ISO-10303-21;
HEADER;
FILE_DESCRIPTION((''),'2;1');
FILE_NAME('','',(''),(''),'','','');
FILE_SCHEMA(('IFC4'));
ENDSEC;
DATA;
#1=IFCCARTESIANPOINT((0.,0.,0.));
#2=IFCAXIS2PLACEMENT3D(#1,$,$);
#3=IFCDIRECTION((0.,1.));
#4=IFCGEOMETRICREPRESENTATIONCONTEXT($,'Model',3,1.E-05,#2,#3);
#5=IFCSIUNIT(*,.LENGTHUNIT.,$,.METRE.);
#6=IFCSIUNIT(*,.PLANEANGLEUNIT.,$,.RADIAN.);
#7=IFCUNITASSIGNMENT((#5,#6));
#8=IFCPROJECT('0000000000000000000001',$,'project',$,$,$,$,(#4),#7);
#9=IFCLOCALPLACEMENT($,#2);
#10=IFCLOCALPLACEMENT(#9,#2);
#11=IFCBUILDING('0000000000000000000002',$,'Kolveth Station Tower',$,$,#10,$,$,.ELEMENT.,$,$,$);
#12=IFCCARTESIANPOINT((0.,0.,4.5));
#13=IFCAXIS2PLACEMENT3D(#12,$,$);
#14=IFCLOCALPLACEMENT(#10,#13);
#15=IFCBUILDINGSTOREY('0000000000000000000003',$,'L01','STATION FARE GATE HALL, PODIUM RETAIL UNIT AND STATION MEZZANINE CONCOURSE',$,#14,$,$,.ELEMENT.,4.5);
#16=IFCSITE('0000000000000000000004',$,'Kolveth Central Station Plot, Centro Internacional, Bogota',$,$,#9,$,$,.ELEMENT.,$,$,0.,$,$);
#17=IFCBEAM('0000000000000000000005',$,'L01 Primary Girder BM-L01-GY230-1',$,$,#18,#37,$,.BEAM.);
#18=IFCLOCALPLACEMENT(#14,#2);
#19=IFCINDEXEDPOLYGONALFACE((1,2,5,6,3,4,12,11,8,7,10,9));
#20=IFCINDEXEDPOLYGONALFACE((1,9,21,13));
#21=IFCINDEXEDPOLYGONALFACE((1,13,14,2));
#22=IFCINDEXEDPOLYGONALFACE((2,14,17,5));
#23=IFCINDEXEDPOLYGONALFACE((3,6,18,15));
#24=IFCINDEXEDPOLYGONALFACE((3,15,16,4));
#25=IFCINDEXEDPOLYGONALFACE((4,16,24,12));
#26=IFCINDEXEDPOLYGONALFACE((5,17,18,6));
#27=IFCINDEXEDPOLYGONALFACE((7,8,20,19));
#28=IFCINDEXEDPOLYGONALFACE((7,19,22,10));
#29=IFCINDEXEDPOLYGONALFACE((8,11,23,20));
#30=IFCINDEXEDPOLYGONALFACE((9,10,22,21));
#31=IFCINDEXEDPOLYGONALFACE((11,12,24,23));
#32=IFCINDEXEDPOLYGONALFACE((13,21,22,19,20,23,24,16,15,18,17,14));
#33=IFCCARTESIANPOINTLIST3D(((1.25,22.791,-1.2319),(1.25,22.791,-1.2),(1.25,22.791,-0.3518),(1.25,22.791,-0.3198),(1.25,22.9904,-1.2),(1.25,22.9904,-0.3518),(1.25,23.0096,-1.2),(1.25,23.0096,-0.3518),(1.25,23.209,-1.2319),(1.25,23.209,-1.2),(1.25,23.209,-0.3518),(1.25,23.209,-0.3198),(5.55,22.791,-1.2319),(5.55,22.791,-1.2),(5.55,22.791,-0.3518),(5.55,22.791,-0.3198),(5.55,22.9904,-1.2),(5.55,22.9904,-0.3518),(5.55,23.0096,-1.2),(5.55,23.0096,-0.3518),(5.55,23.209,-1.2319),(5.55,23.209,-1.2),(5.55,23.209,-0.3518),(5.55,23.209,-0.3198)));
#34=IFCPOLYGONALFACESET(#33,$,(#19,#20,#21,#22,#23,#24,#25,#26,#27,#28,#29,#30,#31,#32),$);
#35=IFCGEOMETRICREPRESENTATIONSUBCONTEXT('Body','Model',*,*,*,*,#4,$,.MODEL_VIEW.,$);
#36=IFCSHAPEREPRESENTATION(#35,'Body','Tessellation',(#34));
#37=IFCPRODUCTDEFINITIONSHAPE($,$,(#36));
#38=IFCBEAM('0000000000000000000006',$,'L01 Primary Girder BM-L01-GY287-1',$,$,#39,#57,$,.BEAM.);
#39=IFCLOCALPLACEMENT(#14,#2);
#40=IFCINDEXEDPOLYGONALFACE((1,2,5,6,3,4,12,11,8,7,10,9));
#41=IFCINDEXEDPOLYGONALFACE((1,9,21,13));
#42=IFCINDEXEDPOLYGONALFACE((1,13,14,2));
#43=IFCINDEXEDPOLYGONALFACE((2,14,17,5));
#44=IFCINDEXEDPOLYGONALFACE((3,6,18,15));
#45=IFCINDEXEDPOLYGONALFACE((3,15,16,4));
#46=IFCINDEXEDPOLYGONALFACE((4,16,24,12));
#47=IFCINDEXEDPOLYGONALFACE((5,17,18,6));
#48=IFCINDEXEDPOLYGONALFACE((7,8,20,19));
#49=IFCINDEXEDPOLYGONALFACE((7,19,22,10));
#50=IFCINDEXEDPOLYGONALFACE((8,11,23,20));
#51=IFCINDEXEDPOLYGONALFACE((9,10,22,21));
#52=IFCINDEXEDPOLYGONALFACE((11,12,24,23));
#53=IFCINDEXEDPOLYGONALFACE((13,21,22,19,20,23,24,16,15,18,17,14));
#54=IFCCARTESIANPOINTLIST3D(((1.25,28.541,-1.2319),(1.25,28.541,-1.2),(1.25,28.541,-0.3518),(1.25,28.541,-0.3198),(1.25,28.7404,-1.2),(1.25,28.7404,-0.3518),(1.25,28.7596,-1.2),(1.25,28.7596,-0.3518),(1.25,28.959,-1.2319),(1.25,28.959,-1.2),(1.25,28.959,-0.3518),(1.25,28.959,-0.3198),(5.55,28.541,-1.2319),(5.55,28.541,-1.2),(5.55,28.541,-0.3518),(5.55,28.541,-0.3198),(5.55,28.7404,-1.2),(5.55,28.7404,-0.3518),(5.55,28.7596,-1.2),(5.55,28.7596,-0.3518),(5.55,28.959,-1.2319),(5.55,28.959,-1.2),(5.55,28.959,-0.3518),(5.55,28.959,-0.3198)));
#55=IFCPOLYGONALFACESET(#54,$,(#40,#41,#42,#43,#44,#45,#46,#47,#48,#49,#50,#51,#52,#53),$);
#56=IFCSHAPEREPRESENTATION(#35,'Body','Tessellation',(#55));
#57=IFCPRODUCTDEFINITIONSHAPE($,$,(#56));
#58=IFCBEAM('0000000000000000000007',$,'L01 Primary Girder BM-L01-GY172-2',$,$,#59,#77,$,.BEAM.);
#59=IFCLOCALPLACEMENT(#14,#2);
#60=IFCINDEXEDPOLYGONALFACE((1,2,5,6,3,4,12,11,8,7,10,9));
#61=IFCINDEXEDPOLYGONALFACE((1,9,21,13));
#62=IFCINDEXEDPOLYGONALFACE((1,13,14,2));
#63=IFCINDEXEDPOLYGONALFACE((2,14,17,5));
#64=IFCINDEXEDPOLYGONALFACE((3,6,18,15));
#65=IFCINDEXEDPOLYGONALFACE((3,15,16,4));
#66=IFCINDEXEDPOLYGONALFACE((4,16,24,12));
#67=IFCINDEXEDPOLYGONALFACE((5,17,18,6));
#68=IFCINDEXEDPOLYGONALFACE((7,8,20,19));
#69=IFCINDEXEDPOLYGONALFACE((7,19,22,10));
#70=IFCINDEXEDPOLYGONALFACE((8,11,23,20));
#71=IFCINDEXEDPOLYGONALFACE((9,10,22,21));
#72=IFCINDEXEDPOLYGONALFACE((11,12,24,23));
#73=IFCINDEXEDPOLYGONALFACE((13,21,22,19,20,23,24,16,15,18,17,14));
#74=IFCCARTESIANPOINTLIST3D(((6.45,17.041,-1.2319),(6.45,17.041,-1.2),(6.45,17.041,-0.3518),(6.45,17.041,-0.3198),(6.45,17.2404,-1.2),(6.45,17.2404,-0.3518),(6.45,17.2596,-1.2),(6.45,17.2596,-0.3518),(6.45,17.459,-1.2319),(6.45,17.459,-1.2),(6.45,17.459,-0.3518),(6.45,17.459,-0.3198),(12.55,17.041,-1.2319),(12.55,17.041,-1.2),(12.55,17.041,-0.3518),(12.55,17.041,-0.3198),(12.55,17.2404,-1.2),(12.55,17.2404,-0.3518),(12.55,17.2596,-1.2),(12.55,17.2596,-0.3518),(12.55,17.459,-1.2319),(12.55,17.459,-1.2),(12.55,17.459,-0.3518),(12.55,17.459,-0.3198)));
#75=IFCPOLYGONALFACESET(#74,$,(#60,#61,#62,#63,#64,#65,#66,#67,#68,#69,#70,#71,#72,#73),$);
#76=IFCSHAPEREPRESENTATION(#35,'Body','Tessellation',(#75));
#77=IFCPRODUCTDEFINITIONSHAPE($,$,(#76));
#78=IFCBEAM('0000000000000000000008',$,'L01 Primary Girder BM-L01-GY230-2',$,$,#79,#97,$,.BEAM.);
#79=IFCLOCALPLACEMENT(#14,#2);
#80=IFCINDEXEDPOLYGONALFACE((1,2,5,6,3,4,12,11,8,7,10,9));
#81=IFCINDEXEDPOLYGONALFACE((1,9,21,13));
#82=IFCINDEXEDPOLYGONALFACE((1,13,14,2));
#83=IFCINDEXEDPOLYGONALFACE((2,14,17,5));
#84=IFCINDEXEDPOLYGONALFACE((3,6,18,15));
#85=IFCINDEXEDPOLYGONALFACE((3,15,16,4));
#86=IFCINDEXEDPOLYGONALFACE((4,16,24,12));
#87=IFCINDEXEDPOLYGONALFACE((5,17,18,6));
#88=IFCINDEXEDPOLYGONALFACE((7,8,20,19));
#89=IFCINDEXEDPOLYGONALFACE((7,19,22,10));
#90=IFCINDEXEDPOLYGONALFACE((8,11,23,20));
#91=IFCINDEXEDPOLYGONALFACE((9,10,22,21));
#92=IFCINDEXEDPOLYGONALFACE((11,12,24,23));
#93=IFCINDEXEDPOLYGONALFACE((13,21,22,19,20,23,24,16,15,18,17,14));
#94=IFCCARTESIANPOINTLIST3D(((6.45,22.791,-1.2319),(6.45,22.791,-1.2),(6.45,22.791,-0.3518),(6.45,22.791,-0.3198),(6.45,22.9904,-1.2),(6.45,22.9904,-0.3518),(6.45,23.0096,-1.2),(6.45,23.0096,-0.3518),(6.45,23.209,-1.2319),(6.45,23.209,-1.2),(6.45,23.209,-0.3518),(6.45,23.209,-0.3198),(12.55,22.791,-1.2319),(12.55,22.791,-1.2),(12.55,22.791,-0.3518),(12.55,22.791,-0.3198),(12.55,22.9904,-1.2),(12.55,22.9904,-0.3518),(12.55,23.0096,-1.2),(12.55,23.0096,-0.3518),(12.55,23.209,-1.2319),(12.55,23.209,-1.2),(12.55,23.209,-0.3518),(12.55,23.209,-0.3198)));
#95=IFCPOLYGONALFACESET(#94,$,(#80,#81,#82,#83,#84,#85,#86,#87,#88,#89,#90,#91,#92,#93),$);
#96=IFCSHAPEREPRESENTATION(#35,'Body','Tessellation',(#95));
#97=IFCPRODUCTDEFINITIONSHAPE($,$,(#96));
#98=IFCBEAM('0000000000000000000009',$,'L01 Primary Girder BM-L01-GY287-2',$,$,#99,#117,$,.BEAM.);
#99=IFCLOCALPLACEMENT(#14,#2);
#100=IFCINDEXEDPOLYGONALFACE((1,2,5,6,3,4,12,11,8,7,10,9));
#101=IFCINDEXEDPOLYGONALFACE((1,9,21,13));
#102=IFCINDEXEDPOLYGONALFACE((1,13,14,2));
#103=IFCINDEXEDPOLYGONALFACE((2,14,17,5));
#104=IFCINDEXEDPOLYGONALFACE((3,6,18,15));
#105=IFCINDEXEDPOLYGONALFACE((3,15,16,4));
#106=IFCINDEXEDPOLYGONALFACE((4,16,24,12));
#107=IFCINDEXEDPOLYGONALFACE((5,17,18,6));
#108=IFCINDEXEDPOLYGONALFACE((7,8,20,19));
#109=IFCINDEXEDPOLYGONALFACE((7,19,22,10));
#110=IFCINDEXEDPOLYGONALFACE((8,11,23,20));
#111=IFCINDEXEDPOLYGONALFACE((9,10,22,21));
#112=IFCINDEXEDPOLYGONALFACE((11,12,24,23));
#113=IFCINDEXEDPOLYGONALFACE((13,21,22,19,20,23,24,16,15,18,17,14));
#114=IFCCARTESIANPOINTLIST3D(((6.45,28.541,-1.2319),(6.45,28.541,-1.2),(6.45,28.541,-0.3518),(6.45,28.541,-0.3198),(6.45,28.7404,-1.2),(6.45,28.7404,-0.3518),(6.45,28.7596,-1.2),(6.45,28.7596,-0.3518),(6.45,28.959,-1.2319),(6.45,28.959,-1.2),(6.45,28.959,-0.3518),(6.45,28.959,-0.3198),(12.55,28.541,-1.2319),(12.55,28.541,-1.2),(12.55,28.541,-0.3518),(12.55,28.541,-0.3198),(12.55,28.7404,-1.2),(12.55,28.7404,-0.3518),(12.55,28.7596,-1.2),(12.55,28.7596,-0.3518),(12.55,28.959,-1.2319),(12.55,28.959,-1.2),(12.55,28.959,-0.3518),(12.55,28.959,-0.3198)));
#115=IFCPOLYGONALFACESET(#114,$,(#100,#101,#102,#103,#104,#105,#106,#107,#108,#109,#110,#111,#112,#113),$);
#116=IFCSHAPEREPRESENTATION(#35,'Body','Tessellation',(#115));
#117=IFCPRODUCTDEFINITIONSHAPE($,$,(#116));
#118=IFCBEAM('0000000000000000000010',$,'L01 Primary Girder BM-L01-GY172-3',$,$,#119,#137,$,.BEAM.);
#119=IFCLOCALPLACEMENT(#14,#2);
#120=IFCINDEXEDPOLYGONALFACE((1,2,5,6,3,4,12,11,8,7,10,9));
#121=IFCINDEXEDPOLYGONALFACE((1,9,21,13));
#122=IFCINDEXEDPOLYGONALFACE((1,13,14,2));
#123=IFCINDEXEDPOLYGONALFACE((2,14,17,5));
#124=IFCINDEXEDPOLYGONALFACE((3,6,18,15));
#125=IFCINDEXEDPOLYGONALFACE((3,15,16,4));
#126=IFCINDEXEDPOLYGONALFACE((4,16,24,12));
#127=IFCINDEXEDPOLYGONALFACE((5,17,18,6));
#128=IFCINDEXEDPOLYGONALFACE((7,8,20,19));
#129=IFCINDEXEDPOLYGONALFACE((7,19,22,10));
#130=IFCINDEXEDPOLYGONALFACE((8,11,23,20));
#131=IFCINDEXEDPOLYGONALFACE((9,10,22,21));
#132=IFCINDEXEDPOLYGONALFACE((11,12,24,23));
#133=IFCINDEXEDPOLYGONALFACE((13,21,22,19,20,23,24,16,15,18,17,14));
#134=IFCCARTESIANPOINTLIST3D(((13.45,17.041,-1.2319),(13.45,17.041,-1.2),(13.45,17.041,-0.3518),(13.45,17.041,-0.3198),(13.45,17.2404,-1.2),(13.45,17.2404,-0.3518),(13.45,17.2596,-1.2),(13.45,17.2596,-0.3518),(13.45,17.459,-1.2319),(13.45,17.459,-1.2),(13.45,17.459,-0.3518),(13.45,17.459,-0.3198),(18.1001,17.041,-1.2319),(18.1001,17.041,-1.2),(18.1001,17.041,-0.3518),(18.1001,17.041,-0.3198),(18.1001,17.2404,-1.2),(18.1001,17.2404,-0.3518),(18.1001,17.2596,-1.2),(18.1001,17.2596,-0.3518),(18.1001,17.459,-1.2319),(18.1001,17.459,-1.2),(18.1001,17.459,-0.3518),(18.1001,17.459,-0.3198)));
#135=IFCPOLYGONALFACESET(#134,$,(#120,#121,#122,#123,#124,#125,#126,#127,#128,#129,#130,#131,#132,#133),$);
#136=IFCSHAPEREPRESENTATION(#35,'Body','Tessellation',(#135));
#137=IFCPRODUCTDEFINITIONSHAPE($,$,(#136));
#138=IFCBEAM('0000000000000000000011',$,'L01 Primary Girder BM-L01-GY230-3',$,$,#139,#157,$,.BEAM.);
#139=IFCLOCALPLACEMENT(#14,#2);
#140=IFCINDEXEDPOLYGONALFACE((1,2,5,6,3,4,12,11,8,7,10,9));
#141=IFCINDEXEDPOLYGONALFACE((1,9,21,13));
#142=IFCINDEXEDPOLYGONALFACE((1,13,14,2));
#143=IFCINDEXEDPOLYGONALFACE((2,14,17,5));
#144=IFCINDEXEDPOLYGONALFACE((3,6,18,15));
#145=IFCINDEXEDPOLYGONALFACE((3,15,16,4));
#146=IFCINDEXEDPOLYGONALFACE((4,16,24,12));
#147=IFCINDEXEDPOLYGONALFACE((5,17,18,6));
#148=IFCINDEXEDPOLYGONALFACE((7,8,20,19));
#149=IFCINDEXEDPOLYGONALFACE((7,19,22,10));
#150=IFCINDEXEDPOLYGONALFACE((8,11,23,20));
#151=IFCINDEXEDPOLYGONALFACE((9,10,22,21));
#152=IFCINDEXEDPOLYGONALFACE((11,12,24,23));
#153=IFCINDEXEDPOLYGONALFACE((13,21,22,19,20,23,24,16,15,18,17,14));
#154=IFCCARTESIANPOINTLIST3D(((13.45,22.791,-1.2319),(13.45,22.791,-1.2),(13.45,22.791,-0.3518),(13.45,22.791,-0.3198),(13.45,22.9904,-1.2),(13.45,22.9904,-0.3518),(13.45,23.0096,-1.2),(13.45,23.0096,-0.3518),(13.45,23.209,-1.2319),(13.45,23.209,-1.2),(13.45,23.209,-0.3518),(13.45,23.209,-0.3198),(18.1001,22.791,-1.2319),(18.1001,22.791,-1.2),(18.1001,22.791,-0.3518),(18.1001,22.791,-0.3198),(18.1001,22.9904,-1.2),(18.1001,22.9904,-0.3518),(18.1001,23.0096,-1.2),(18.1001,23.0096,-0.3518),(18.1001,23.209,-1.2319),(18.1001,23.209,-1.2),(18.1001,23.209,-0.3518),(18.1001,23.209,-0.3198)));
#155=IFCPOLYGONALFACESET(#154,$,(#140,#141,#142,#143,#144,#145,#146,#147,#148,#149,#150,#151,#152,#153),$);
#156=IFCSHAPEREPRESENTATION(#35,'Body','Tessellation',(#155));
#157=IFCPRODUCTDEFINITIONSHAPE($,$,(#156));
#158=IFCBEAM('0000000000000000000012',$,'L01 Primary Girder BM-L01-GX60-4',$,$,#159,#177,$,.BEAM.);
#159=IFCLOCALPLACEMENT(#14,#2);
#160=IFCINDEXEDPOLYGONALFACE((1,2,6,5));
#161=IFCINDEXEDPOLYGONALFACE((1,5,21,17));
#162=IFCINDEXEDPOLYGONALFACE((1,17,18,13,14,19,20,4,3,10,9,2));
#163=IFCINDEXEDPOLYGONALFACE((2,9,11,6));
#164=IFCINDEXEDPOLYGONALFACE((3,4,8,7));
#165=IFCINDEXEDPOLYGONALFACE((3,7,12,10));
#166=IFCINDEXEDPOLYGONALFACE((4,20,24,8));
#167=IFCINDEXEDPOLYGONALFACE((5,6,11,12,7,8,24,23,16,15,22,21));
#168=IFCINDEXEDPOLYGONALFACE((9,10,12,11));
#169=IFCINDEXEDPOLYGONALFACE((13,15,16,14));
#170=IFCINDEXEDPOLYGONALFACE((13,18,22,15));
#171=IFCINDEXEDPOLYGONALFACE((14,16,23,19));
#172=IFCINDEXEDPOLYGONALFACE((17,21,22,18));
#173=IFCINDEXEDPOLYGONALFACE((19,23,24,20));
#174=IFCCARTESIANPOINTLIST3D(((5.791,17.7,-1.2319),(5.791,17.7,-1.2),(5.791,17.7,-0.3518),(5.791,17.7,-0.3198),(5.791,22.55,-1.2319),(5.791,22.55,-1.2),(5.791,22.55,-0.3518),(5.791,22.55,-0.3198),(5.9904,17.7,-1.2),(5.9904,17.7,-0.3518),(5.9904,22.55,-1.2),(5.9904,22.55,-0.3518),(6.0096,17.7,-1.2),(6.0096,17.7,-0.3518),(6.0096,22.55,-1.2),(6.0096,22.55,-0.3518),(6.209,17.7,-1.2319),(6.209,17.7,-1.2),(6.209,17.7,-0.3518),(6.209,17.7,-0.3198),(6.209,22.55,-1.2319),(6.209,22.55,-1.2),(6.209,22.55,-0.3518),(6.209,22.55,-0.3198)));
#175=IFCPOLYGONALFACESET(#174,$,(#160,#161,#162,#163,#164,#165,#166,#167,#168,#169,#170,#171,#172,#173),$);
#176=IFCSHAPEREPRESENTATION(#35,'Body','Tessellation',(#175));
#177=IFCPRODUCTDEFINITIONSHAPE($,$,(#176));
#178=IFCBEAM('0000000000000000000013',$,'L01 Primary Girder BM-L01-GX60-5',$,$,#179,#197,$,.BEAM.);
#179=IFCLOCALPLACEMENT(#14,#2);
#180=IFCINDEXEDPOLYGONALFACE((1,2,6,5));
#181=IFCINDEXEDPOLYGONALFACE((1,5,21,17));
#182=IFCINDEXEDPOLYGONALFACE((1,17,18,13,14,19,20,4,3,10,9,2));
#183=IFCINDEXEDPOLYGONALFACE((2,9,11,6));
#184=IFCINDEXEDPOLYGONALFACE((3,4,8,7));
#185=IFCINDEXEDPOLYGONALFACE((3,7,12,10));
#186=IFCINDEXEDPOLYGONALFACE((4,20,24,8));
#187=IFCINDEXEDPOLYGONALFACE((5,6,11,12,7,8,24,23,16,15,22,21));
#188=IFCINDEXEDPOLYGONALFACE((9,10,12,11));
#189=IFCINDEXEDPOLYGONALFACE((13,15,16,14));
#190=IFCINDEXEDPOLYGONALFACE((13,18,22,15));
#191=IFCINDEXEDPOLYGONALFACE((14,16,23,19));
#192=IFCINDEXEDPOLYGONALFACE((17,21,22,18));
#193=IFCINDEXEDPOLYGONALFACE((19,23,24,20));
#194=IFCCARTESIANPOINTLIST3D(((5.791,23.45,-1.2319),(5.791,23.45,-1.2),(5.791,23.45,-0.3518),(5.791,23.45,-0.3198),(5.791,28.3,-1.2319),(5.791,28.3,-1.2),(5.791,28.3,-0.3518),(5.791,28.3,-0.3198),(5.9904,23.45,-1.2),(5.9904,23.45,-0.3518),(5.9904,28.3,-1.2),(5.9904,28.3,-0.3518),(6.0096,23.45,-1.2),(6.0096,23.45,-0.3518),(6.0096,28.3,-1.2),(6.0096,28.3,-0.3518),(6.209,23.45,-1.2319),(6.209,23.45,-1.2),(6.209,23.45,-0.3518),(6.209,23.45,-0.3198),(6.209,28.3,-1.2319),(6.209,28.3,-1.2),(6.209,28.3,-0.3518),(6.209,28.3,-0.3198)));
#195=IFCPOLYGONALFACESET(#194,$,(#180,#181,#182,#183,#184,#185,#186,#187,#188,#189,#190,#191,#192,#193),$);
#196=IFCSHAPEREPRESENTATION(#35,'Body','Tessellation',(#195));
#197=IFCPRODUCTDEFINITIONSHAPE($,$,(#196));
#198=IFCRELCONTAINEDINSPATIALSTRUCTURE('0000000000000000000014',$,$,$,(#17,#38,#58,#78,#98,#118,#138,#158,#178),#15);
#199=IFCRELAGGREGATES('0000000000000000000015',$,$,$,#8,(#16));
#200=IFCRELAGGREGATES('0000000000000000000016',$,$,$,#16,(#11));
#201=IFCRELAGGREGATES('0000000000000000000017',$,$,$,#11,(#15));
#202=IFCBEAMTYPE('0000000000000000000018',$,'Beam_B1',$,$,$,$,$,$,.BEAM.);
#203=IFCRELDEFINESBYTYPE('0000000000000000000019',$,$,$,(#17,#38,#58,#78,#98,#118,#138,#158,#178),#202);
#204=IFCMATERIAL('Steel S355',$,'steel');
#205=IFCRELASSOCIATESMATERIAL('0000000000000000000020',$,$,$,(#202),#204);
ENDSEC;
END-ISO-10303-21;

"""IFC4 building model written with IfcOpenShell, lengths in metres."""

from ifc_helpers import new_model, si_unit, direction, frame, origin, origin_2d, place, context, subcontext, project, spatial, i_section, extrude, source, transform, mapped, material, material_profile, profile_set, type_object, element, save


model = new_model("IFC4")

# Units and contexts
model_context = context("Model", 3, precision=1e-05, world=origin(), true_north=direction((0.0, 1.0)))
body_context = subcontext(model_context, "Body", "Model", "MODEL_VIEW")
ifc_project = project(units=[si_unit("LENGTHUNIT", "METRE"), si_unit("PLANEANGLEUNIT", "RADIAN")], contexts=[model_context])

# Site, building, storey
site_placement = place(None, origin())
site = spatial("IfcSite", under=ifc_project, at=site_placement, Name="Kolveth Central Station Plot, Centro Internacional, Bogota", CompositionType="ELEMENT", RefElevation=0.0)
building_placement = place(site_placement, origin())
building = spatial("IfcBuilding", under=site, at=building_placement, Name="Kolveth Station Tower", CompositionType="ELEMENT")
storey_placement = place(building_placement, frame((0.0, 0.0, 4.5)))
storey = spatial("IfcBuildingStorey", under=building, at=storey_placement, Name="L01", Description="STATION FARE GATE HALL, PODIUM RETAIL UNIT AND STATION MEZZANINE CONCOURSE", CompositionType="ELEMENT", Elevation=4.5)

# Beams
ifc_material_1 = material(Name="Steel S355", Category="steel")
ifc_material_profile_1 = material_profile(ifc_material_1, i_section(OverallWidth=0.418, OverallDepth=0.9121, WebThickness=0.0193, FlangeThickness=0.032, at=origin_2d()), Name="W920x342")
ifc_profile_set_1 = profile_set([ifc_material_profile_1], Name="Steel S355")
beam_type_1 = type_object("IfcBeamType", Name="Beam_B1", PredefinedType="BEAM", material=ifc_profile_set_1)
shared_shape_1 = source(origin(), body_context, "Body", "SweptSolid", [
    extrude(i_section(OverallWidth=0.418, OverallDepth=0.9121, WebThickness=0.0193, FlangeThickness=0.032, at=origin_2d()), origin(), (0.0, 0.0, 1.0), 4.3),
])
for number, where, z_axis, x_axis, name in (
    (1, (1.25, 23.0, -0.7759), (1.0, 0.0, 0.0), (0.0, 1.0, 0.0), "L01 Primary Girder BM-L01-GY230-1"),
    (2, (1.25, 28.75, -0.7759), (1.0, 0.0, 0.0), (0.0, 1.0, 0.0), "L01 Primary Girder BM-L01-GY287-1"),
):
    element("IfcBeam", number, at=place(storey_placement, frame(where, z_axis=z_axis, x_axis=x_axis)), inside=storey, type_object=beam_type_1, Name=name, PredefinedType="BEAM", context=body_context, shape_type="MappedRepresentation", body=[
        mapped(shared_shape_1, transform((0.0, 0.0, 0.0), x_axis=(1.0, 0.0, 0.0), y_axis=(0.0, 1.0, 0.0), z_axis=(0.0, 0.0, 1.0), scale=1.0)),
    ])
shared_shape_2 = source(origin(), body_context, "Body", "SweptSolid", [
    extrude(i_section(OverallWidth=0.418, OverallDepth=0.9121, WebThickness=0.0193, FlangeThickness=0.032, at=origin_2d()), origin(), (0.0, 0.0, 1.0), 6.1001),
])
for number, where, z_axis, x_axis, name in (
    (3, (6.45, 17.25, -0.7759), (1.0, 0.0, 0.0), (0.0, 1.0, 0.0), "L01 Primary Girder BM-L01-GY172-2"),
    (4, (6.45, 23.0, -0.7759), (1.0, 0.0, 0.0), (0.0, 1.0, 0.0), "L01 Primary Girder BM-L01-GY230-2"),
    (5, (6.45, 28.75, -0.7759), (1.0, 0.0, 0.0), (0.0, 1.0, 0.0), "L01 Primary Girder BM-L01-GY287-2"),
):
    element("IfcBeam", number, at=place(storey_placement, frame(where, z_axis=z_axis, x_axis=x_axis)), inside=storey, type_object=beam_type_1, Name=name, PredefinedType="BEAM", context=body_context, shape_type="MappedRepresentation", body=[
        mapped(shared_shape_2, transform((0.0, 0.0, 0.0), x_axis=(1.0, 0.0, 0.0), y_axis=(0.0, 1.0, 0.0), z_axis=(0.0, 0.0, 1.0), scale=1.0)),
    ])
shared_shape_3 = source(origin(), body_context, "Body", "SweptSolid", [
    extrude(i_section(OverallWidth=0.418, OverallDepth=0.9121, WebThickness=0.0193, FlangeThickness=0.032, at=origin_2d()), origin(), (0.0, 0.0, 1.0), 4.6501),
])
for number, where, z_axis, x_axis, name in (
    (6, (13.45, 17.25, -0.7759), (1.0, 0.0, 0.0), (0.0, 1.0, 0.0), "L01 Primary Girder BM-L01-GY172-3"),
    (7, (13.45, 23.0, -0.7759), (1.0, 0.0, 0.0), (0.0, 1.0, 0.0), "L01 Primary Girder BM-L01-GY230-3"),
):
    element("IfcBeam", number, at=place(storey_placement, frame(where, z_axis=z_axis, x_axis=x_axis)), inside=storey, type_object=beam_type_1, Name=name, PredefinedType="BEAM", context=body_context, shape_type="MappedRepresentation", body=[
        mapped(shared_shape_3, transform((0.0, 0.0, 0.0), x_axis=(1.0, 0.0, 0.0), y_axis=(0.0, 1.0, 0.0), z_axis=(0.0, 0.0, 1.0), scale=1.0)),
    ])
shared_shape_4 = source(origin(), body_context, "Body", "SweptSolid", [
    extrude(i_section(OverallWidth=0.418, OverallDepth=0.9121, WebThickness=0.0193, FlangeThickness=0.032, at=origin_2d()), origin(), (0.0, 0.0, 1.0), 4.8501),
])
for number, where, z_axis, x_axis, name in (
    (8, (6.0, 17.7, -0.7759), (0.0, 1.0, 0.0), (-1.0, 0.0, 0.0), "L01 Primary Girder BM-L01-GX60-4"),
    (9, (6.0, 23.45, -0.7759), (0.0, 1.0, 0.0), (-1.0, 0.0, 0.0), "L01 Primary Girder BM-L01-GX60-5"),
):
    element("IfcBeam", number, at=place(storey_placement, frame(where, z_axis=z_axis, x_axis=x_axis)), inside=storey, type_object=beam_type_1, Name=name, PredefinedType="BEAM", context=body_context, shape_type="MappedRepresentation", body=[
        mapped(shared_shape_4, transform((0.0, 0.0, 0.0), x_axis=(1.0, 0.0, 0.0), y_axis=(0.0, 1.0, 0.0), z_axis=(0.0, 0.0, 1.0), scale=1.0)),
    ])

save(model, "model.ifc")
